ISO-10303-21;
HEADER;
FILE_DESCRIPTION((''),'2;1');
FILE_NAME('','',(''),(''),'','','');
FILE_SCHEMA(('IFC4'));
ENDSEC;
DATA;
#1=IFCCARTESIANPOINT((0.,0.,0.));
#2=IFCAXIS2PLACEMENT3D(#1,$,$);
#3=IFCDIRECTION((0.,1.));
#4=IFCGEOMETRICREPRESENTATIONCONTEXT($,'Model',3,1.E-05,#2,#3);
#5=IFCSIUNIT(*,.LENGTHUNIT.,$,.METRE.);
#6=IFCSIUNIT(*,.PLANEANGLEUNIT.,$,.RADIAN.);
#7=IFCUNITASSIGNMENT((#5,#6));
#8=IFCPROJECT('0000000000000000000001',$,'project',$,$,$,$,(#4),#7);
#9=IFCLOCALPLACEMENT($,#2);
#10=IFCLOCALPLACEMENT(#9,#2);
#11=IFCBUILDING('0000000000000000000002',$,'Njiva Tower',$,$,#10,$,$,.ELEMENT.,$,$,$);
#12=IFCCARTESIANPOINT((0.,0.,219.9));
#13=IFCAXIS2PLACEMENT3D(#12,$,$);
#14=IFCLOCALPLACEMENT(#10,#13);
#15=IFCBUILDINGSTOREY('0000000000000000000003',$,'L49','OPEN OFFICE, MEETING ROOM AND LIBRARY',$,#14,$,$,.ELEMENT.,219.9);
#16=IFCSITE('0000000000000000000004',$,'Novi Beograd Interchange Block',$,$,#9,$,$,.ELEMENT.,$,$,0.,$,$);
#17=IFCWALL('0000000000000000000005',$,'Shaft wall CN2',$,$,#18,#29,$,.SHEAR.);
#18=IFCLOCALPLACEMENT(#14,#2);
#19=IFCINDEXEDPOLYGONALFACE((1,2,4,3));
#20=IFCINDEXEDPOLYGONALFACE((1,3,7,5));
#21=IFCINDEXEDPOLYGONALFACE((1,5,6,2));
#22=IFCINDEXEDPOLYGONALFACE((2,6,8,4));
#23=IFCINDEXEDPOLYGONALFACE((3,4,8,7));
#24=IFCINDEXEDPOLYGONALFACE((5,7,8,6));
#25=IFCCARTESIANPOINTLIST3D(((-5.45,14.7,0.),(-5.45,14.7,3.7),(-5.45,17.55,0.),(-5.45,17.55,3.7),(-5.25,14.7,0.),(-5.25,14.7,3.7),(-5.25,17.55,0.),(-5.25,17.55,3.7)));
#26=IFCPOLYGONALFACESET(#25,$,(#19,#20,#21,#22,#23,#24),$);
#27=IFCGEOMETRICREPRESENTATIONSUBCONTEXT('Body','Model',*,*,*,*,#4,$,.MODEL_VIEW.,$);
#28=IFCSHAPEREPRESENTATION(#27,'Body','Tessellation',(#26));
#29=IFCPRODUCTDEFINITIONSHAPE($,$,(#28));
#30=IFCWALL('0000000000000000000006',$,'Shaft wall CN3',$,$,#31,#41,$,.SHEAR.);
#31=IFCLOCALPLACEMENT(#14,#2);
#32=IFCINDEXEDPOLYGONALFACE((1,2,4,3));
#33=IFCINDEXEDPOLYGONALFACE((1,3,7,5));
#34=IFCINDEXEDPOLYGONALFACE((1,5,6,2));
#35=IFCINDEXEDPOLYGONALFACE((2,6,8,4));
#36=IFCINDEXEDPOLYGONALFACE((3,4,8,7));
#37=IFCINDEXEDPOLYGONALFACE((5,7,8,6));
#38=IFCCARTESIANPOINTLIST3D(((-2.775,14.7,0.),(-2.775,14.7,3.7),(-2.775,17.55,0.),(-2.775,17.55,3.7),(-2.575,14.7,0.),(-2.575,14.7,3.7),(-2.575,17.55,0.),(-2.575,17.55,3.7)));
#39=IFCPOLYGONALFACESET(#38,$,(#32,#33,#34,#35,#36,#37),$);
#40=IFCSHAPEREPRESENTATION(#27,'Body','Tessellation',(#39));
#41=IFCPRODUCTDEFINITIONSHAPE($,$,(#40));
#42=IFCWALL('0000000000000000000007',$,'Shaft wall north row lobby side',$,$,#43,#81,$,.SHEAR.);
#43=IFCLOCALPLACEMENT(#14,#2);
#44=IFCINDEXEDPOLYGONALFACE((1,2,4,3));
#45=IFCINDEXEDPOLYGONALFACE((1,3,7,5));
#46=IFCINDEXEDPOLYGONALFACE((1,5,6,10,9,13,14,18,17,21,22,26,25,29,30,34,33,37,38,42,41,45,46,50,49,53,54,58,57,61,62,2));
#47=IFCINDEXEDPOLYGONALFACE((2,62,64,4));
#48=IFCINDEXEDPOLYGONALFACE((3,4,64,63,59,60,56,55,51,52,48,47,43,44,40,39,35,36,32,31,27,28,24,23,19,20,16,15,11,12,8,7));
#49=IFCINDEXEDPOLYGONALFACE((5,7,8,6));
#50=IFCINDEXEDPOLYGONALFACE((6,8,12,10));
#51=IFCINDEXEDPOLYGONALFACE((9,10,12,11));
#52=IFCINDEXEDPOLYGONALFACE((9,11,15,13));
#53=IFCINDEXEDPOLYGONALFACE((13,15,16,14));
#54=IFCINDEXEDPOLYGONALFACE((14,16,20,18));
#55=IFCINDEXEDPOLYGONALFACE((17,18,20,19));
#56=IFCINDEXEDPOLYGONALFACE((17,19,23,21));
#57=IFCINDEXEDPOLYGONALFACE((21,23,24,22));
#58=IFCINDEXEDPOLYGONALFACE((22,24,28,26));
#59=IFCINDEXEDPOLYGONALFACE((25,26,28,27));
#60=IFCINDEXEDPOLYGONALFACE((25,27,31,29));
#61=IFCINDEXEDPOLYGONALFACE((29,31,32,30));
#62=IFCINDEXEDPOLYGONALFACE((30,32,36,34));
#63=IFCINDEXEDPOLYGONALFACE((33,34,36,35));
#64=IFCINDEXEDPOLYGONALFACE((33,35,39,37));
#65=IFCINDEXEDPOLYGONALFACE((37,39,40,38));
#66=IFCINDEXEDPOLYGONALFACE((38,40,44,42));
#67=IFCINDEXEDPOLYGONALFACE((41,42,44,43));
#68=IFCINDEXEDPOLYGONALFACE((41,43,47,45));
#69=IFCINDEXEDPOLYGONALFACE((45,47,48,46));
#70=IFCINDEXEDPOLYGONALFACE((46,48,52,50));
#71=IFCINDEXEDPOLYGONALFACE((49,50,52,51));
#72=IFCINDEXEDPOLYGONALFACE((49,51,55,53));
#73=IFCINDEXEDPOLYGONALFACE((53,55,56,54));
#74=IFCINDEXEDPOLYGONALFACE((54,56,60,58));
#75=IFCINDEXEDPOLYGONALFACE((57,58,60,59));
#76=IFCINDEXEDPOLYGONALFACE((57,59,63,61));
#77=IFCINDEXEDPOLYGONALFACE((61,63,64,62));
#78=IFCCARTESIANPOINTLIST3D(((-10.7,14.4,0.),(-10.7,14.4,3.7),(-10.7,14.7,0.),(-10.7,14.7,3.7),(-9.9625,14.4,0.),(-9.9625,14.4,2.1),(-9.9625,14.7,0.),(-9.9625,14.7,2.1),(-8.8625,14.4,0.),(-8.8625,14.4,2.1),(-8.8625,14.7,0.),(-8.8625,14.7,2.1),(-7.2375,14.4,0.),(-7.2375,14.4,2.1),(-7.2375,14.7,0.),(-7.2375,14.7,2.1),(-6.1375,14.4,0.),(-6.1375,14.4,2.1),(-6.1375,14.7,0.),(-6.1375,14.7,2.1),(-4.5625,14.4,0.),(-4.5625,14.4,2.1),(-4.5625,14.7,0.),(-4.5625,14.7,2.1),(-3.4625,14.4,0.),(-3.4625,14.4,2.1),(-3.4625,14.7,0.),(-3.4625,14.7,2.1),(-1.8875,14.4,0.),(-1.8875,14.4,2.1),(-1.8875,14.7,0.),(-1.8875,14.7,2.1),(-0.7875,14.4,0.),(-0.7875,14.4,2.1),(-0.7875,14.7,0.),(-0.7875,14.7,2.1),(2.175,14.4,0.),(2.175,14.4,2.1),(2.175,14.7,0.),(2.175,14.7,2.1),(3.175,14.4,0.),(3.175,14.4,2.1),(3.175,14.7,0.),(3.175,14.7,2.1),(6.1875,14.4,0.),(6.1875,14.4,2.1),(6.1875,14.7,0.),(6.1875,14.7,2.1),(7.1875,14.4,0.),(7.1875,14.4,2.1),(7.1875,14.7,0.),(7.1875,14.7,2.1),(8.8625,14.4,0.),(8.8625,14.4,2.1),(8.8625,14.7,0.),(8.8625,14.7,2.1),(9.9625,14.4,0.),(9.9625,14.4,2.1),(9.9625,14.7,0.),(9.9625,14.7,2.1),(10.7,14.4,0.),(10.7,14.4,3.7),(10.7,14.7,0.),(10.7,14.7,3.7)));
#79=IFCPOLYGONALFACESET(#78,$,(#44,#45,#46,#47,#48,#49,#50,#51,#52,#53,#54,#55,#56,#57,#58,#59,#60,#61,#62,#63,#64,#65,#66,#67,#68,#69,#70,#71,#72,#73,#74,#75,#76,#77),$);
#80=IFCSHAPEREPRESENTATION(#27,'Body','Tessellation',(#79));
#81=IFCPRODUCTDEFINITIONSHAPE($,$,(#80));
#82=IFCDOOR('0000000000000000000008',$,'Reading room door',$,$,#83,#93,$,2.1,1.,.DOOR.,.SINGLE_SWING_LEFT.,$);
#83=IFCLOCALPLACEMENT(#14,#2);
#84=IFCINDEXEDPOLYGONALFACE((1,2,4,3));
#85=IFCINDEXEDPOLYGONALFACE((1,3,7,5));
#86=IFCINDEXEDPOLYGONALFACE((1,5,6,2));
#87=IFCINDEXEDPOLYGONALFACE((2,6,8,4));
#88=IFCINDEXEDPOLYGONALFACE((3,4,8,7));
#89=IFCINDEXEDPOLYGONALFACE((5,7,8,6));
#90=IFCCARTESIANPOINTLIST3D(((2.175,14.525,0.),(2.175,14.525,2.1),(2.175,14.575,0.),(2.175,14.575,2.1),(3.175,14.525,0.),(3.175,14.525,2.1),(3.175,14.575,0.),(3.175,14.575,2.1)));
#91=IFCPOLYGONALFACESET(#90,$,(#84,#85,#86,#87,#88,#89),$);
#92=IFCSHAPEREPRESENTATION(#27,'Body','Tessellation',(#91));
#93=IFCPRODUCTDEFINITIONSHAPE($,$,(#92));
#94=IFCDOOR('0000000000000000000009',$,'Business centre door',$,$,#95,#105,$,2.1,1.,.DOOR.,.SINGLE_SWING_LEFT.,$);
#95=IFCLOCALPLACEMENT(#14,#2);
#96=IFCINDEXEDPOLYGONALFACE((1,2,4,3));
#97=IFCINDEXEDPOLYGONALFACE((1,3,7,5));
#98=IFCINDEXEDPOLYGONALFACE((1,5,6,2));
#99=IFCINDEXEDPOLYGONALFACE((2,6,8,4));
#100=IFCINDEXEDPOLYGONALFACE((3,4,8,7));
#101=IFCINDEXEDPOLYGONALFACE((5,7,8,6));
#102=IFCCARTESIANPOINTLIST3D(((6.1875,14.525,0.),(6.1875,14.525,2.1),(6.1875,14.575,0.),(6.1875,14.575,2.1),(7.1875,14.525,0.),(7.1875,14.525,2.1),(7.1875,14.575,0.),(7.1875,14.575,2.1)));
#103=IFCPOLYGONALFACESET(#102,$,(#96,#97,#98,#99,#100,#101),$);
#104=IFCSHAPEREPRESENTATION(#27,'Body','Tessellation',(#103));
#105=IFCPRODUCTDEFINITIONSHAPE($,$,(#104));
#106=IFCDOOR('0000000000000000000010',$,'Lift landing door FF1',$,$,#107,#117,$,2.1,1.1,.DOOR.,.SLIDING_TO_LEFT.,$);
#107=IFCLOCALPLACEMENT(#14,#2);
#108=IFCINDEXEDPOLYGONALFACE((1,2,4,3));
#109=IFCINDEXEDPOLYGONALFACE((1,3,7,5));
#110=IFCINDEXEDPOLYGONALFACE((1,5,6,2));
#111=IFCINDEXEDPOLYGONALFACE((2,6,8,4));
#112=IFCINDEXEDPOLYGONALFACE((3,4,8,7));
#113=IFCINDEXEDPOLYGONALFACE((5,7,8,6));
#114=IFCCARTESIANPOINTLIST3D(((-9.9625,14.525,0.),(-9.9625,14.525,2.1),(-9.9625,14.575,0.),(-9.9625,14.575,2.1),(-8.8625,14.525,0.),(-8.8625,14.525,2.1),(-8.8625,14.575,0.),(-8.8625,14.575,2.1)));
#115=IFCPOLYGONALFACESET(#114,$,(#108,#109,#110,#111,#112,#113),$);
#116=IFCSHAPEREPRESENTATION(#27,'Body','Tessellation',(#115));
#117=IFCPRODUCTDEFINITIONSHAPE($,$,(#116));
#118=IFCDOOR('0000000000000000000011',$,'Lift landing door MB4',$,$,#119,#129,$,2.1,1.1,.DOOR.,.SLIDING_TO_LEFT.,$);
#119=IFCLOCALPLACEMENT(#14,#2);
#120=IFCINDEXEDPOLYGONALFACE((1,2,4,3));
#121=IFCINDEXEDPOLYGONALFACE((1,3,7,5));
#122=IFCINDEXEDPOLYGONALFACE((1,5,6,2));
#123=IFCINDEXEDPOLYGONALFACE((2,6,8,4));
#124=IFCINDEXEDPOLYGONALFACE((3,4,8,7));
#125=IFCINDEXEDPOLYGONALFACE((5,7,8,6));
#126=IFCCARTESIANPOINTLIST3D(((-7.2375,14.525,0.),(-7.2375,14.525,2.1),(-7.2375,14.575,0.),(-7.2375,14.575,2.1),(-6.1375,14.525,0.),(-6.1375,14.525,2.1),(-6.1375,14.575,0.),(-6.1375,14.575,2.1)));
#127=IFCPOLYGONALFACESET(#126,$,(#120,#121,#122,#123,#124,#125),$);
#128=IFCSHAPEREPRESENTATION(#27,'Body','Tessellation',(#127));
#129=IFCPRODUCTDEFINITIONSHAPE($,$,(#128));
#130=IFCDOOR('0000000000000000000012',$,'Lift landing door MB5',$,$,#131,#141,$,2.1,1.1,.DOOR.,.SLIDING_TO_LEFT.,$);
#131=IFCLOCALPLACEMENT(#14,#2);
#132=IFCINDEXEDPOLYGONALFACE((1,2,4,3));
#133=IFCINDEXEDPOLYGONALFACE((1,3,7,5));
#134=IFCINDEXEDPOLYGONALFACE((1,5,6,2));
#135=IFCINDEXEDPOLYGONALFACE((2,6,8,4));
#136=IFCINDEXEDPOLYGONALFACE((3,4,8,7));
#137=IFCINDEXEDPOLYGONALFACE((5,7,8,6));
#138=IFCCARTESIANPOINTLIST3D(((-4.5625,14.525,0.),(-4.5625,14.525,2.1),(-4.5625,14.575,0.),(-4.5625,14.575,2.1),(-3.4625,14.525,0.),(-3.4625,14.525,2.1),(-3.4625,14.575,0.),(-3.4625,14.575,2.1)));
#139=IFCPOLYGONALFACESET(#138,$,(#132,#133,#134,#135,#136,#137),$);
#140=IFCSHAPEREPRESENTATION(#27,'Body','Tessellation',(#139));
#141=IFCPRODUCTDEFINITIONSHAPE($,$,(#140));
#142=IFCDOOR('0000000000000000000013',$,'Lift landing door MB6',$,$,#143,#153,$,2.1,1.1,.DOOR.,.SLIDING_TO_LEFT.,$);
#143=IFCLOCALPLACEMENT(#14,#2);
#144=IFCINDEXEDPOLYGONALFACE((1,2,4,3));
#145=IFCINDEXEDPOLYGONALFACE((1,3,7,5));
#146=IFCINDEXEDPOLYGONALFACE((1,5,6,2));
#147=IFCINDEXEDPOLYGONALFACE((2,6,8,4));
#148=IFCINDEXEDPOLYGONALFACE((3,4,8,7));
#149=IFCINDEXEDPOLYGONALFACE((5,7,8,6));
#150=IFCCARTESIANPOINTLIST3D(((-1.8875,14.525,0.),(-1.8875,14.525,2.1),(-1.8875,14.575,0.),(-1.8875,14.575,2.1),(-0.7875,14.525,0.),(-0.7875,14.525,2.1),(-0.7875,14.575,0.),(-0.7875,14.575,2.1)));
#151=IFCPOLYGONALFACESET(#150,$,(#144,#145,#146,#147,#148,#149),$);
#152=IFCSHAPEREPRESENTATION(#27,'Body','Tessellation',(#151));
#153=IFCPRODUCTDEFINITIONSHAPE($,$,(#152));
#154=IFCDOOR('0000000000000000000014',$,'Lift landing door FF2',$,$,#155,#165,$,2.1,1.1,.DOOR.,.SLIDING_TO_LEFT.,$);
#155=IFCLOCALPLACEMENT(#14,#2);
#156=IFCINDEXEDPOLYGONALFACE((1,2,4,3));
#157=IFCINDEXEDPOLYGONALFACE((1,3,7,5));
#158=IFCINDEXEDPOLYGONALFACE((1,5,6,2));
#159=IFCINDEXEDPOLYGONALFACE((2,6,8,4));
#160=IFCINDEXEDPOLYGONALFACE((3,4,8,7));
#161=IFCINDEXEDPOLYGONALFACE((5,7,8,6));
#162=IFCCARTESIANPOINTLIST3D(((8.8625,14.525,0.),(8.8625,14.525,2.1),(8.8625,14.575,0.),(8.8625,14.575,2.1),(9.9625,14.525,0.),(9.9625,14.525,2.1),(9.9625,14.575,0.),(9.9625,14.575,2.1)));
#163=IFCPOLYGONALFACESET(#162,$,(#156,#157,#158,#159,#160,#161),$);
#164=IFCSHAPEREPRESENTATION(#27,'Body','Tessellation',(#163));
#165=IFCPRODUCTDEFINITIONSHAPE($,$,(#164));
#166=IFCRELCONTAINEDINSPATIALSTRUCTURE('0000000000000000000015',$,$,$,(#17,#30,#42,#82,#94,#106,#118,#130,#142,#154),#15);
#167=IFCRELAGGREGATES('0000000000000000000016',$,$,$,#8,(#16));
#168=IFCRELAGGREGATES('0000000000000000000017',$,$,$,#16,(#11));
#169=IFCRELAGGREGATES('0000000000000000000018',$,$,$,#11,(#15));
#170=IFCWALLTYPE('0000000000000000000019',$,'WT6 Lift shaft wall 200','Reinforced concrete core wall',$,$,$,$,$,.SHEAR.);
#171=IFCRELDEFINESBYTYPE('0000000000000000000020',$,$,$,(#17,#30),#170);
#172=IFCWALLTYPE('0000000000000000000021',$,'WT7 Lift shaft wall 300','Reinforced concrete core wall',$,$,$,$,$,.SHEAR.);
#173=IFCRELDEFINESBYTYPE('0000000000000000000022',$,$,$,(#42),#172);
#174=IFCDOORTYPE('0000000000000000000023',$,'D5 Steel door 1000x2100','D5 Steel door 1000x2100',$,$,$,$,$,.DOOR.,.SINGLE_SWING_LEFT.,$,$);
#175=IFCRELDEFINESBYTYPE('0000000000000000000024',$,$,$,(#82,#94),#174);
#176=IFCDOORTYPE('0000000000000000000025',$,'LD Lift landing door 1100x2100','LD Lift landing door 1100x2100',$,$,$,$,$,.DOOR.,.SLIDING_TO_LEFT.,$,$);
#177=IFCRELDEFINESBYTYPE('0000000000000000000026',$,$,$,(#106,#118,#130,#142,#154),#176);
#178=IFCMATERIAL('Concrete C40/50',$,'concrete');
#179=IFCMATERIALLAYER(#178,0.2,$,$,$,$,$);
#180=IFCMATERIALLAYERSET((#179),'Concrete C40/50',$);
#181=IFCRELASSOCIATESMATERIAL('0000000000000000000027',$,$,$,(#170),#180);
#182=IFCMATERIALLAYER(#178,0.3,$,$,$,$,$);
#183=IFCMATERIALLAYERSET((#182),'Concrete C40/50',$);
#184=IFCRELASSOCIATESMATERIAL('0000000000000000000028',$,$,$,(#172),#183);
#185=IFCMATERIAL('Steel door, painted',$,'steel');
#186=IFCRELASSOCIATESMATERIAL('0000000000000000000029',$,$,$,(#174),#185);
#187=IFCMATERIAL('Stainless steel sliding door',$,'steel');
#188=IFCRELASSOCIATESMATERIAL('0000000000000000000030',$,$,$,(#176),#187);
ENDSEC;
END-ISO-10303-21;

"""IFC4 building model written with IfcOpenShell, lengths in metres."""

from ifc_helpers import new_model, si_unit, direction, frame, frame_2d, origin, place, context, subcontext, project, spatial, rectangle, extrude, material, layer, layer_set, type_object, element, fill, save


model = new_model("IFC4")

# Units and contexts
model_context = context("Model", 3, precision=1e-05, world=origin(), true_north=direction((0.0, 1.0)))
body_context = subcontext(model_context, "Body", "Model", "MODEL_VIEW")
ifc_project = project(units=[si_unit("LENGTHUNIT", "METRE"), si_unit("PLANEANGLEUNIT", "RADIAN")], contexts=[model_context])

# Site, building, storey
site_placement = place(None, origin())
site = spatial("IfcSite", under=ifc_project, at=site_placement, Name="Novi Beograd Interchange Block", CompositionType="ELEMENT", RefElevation=0.0)
building_placement = place(site_placement, origin())
building = spatial("IfcBuilding", under=site, at=building_placement, Name="Njiva Tower", CompositionType="ELEMENT")
storey_placement = place(building_placement, frame((0.0, 0.0, 219.9)))
storey = spatial("IfcBuildingStorey", under=building, at=storey_placement, Name="L49", Description="OPEN OFFICE, MEETING ROOM AND LIBRARY", CompositionType="ELEMENT", Elevation=219.9)

# Walls
ifc_material_1 = material(Name="Concrete C40/50", Category="concrete")
ifc_layer_1 = layer(ifc_material_1, 0.2)
ifc_layer_set_1 = layer_set([ifc_layer_1], Name="Concrete C40/50")
wall_type_1 = type_object("IfcWallType", Name="WT6 Lift shaft wall 200", Description="Reinforced concrete core wall", PredefinedType="SHEAR", material=ifc_layer_set_1)
for number, where, z_axis, x_axis, name in (
    (1, (-5.35, 14.7, 0.0), (0.0, 0.0, 1.0), (0.0, 1.0, 0.0), "Shaft wall CN2"),
    (2, (-2.675, 14.7, 0.0), (0.0, 0.0, 1.0), (0.0, 1.0, 0.0), "Shaft wall CN3"),
):
    element("IfcWall", number, at=place(storey_placement, frame(where, z_axis=z_axis, x_axis=x_axis)), inside=storey, type_object=wall_type_1, Name=name, PredefinedType="SHEAR", context=body_context, shape_type="SweptSolid", body=[
        extrude(rectangle(XDim=2.85, YDim=0.2, at=frame_2d((1.425, 0.0))), origin(), (0.0, 0.0, 1.0), 3.7),
    ])

# Wall, openings, doors
ifc_layer_2 = layer(ifc_material_1, 0.3)
ifc_layer_set_2 = layer_set([ifc_layer_2], Name="Concrete C40/50")
wall_type_2 = type_object("IfcWallType", Name="WT7 Lift shaft wall 300", Description="Reinforced concrete core wall", PredefinedType="SHEAR", material=ifc_layer_set_2)
wall_1_placement = place(storey_placement, frame((-10.7, 14.55, 0.0), z_axis=(0.0, 0.0, 1.0), x_axis=(1.0, 0.0, 0.0)))
wall_1 = element("IfcWall", 3, at=wall_1_placement, inside=storey, type_object=wall_type_2, Name="Shaft wall north row lobby side", PredefinedType="SHEAR", context=body_context, shape_type="SweptSolid", body=[
    extrude(rectangle(XDim=21.4, YDim=0.3, at=frame_2d((10.7, 0.0))), origin(), (0.0, 0.0, 1.0), 3.7),
])
opening_1_placement = place(wall_1_placement, frame((0.7375, 0.0, 0.0)))
opening_1 = element("IfcOpeningElement", 4, at=opening_1_placement, cuts=wall_1, PredefinedType="OPENING", context=body_context, shape_type="SweptSolid", body=[
    extrude(rectangle(XDim=1.1, YDim=2.1, at=frame_2d((0.55, 1.05))), frame((0.0, 0.16, 0.0), z_axis=(0.0, -1.0, 0.0), x_axis=(1.0, 0.0, 0.0)), (0.0, 0.0, 1.0), 0.32),
])
opening_2_placement = place(wall_1_placement, frame((3.4625, 0.0, 0.0)))
opening_2 = element("IfcOpeningElement", 5, at=opening_2_placement, cuts=wall_1, PredefinedType="OPENING", context=body_context, shape_type="SweptSolid", body=[
    extrude(rectangle(XDim=1.1, YDim=2.1, at=frame_2d((0.55, 1.05))), frame((0.0, 0.16, 0.0), z_axis=(0.0, -1.0, 0.0), x_axis=(1.0, 0.0, 0.0)), (0.0, 0.0, 1.0), 0.32),
])
opening_3_placement = place(wall_1_placement, frame((6.1375, 0.0, 0.0)))
opening_3 = element("IfcOpeningElement", 6, at=opening_3_placement, cuts=wall_1, PredefinedType="OPENING", context=body_context, shape_type="SweptSolid", body=[
    extrude(rectangle(XDim=1.1, YDim=2.1, at=frame_2d((0.55, 1.05))), frame((0.0, 0.16, 0.0), z_axis=(0.0, -1.0, 0.0), x_axis=(1.0, 0.0, 0.0)), (0.0, 0.0, 1.0), 0.32),
])
opening_4_placement = place(wall_1_placement, frame((8.8125, 0.0, 0.0)))
opening_4 = element("IfcOpeningElement", 7, at=opening_4_placement, cuts=wall_1, PredefinedType="OPENING", context=body_context, shape_type="SweptSolid", body=[
    extrude(rectangle(XDim=1.1, YDim=2.1, at=frame_2d((0.55, 1.05))), frame((0.0, 0.16, 0.0), z_axis=(0.0, -1.0, 0.0), x_axis=(1.0, 0.0, 0.0)), (0.0, 0.0, 1.0), 0.32),
])
opening_5_placement = place(wall_1_placement, frame((19.5625, 0.0, 0.0)))
opening_5 = element("IfcOpeningElement", 8, at=opening_5_placement, cuts=wall_1, PredefinedType="OPENING", context=body_context, shape_type="SweptSolid", body=[
    extrude(rectangle(XDim=1.1, YDim=2.1, at=frame_2d((0.55, 1.05))), frame((0.0, 0.16, 0.0), z_axis=(0.0, -1.0, 0.0), x_axis=(1.0, 0.0, 0.0)), (0.0, 0.0, 1.0), 0.32),
])
opening_6_placement = place(wall_1_placement, frame((12.875, 0.0, 0.0)))
opening_6 = element("IfcOpeningElement", 9, at=opening_6_placement, cuts=wall_1, PredefinedType="OPENING", context=body_context, shape_type="SweptSolid", body=[
    extrude(rectangle(XDim=1.0, YDim=2.1, at=frame_2d((0.5, 1.05))), frame((0.0, 0.16, 0.0), z_axis=(0.0, -1.0, 0.0), x_axis=(1.0, 0.0, 0.0)), (0.0, 0.0, 1.0), 0.32),
])
opening_7_placement = place(wall_1_placement, frame((16.8875, 0.0, 0.0)))
opening_7 = element("IfcOpeningElement", 10, at=opening_7_placement, cuts=wall_1, PredefinedType="OPENING", context=body_context, shape_type="SweptSolid", body=[
    extrude(rectangle(XDim=1.0, YDim=2.1, at=frame_2d((0.5, 1.05))), frame((0.0, 0.16, 0.0), z_axis=(0.0, -1.0, 0.0), x_axis=(1.0, 0.0, 0.0)), (0.0, 0.0, 1.0), 0.32),
])
ifc_material_2 = material(Name="Steel door, painted", Category="steel")
door_type_1 = type_object("IfcDoorType", Name="D5 Steel door 1000x2100", Description="D5 Steel door 1000x2100", OperationType="SINGLE_SWING_LEFT", PredefinedType="DOOR", material=ifc_material_2)
door_1_placement = place(opening_6_placement, origin())
door_1 = element("IfcDoor", 11, at=door_1_placement, inside=storey, type_object=door_type_1, Name="Reading room door", OperationType="SINGLE_SWING_LEFT", OverallHeight=2.1, OverallWidth=1.0, PredefinedType="DOOR", context=body_context, shape_type="SweptSolid", body=[
    extrude(rectangle(XDim=1.0, YDim=2.1, at=frame_2d((0.5, 1.05))), frame((0.0, 0.025, 0.0), z_axis=(0.0, -1.0, 0.0), x_axis=(1.0, 0.0, 0.0)), (0.0, 0.0, 1.0), 0.05),
])
fill(opening_6, door_1)
door_2_placement = place(opening_7_placement, origin())
door_2 = element("IfcDoor", 12, at=door_2_placement, inside=storey, type_object=door_type_1, Name="Business centre door", OperationType="SINGLE_SWING_LEFT", OverallHeight=2.1, OverallWidth=1.0, PredefinedType="DOOR", context=body_context, shape_type="SweptSolid", body=[
    extrude(rectangle(XDim=1.0, YDim=2.1, at=frame_2d((0.5, 1.05))), frame((0.0, 0.025, 0.0), z_axis=(0.0, -1.0, 0.0), x_axis=(1.0, 0.0, 0.0)), (0.0, 0.0, 1.0), 0.05),
])
fill(opening_7, door_2)
ifc_material_3 = material(Name="Stainless steel sliding door", Category="steel")
door_type_2 = type_object("IfcDoorType", Name="LD Lift landing door 1100x2100", Description="LD Lift landing door 1100x2100", OperationType="SLIDING_TO_LEFT", PredefinedType="DOOR", material=ifc_material_3)
door_3_placement = place(opening_1_placement, origin())
door_3 = element("IfcDoor", 13, at=door_3_placement, inside=storey, type_object=door_type_2, Name="Lift landing door FF1", OperationType="SLIDING_TO_LEFT", OverallHeight=2.1, OverallWidth=1.1, PredefinedType="DOOR", context=body_context, shape_type="SweptSolid", body=[
    extrude(rectangle(XDim=1.1, YDim=2.1, at=frame_2d((0.55, 1.05))), frame((0.0, 0.025, 0.0), z_axis=(0.0, -1.0, 0.0), x_axis=(1.0, 0.0, 0.0)), (0.0, 0.0, 1.0), 0.05),
])
fill(opening_1, door_3)
door_4_placement = place(opening_2_placement, origin())
door_4 = element("IfcDoor", 14, at=door_4_placement, inside=storey, type_object=door_type_2, Name="Lift landing door MB4", OperationType="SLIDING_TO_LEFT", OverallHeight=2.1, OverallWidth=1.1, PredefinedType="DOOR", context=body_context, shape_type="SweptSolid", body=[
    extrude(rectangle(XDim=1.1, YDim=2.1, at=frame_2d((0.55, 1.05))), frame((0.0, 0.025, 0.0), z_axis=(0.0, -1.0, 0.0), x_axis=(1.0, 0.0, 0.0)), (0.0, 0.0, 1.0), 0.05),
])
fill(opening_2, door_4)
door_5_placement = place(opening_3_placement, origin())
door_5 = element("IfcDoor", 15, at=door_5_placement, inside=storey, type_object=door_type_2, Name="Lift landing door MB5", OperationType="SLIDING_TO_LEFT", OverallHeight=2.1, OverallWidth=1.1, PredefinedType="DOOR", context=body_context, shape_type="SweptSolid", body=[
    extrude(rectangle(XDim=1.1, YDim=2.1, at=frame_2d((0.55, 1.05))), frame((0.0, 0.025, 0.0), z_axis=(0.0, -1.0, 0.0), x_axis=(1.0, 0.0, 0.0)), (0.0, 0.0, 1.0), 0.05),
])
fill(opening_3, door_5)
door_6_placement = place(opening_4_placement, origin())
door_6 = element("IfcDoor", 16, at=door_6_placement, inside=storey, type_object=door_type_2, Name="Lift landing door MB6", OperationType="SLIDING_TO_LEFT", OverallHeight=2.1, OverallWidth=1.1, PredefinedType="DOOR", context=body_context, shape_type="SweptSolid", body=[
    extrude(rectangle(XDim=1.1, YDim=2.1, at=frame_2d((0.55, 1.05))), frame((0.0, 0.025, 0.0), z_axis=(0.0, -1.0, 0.0), x_axis=(1.0, 0.0, 0.0)), (0.0, 0.0, 1.0), 0.05),
])
fill(opening_4, door_6)
door_7_placement = place(opening_5_placement, origin())
door_7 = element("IfcDoor", 17, at=door_7_placement, inside=storey, type_object=door_type_2, Name="Lift landing door FF2", OperationType="SLIDING_TO_LEFT", OverallHeight=2.1, OverallWidth=1.1, PredefinedType="DOOR", context=body_context, shape_type="SweptSolid", body=[
    extrude(rectangle(XDim=1.1, YDim=2.1, at=frame_2d((0.55, 1.05))), frame((0.0, 0.025, 0.0), z_axis=(0.0, -1.0, 0.0), x_axis=(1.0, 0.0, 0.0)), (0.0, 0.0, 1.0), 0.05),
])
fill(opening_5, door_7)

save(model, "model.ifc")
